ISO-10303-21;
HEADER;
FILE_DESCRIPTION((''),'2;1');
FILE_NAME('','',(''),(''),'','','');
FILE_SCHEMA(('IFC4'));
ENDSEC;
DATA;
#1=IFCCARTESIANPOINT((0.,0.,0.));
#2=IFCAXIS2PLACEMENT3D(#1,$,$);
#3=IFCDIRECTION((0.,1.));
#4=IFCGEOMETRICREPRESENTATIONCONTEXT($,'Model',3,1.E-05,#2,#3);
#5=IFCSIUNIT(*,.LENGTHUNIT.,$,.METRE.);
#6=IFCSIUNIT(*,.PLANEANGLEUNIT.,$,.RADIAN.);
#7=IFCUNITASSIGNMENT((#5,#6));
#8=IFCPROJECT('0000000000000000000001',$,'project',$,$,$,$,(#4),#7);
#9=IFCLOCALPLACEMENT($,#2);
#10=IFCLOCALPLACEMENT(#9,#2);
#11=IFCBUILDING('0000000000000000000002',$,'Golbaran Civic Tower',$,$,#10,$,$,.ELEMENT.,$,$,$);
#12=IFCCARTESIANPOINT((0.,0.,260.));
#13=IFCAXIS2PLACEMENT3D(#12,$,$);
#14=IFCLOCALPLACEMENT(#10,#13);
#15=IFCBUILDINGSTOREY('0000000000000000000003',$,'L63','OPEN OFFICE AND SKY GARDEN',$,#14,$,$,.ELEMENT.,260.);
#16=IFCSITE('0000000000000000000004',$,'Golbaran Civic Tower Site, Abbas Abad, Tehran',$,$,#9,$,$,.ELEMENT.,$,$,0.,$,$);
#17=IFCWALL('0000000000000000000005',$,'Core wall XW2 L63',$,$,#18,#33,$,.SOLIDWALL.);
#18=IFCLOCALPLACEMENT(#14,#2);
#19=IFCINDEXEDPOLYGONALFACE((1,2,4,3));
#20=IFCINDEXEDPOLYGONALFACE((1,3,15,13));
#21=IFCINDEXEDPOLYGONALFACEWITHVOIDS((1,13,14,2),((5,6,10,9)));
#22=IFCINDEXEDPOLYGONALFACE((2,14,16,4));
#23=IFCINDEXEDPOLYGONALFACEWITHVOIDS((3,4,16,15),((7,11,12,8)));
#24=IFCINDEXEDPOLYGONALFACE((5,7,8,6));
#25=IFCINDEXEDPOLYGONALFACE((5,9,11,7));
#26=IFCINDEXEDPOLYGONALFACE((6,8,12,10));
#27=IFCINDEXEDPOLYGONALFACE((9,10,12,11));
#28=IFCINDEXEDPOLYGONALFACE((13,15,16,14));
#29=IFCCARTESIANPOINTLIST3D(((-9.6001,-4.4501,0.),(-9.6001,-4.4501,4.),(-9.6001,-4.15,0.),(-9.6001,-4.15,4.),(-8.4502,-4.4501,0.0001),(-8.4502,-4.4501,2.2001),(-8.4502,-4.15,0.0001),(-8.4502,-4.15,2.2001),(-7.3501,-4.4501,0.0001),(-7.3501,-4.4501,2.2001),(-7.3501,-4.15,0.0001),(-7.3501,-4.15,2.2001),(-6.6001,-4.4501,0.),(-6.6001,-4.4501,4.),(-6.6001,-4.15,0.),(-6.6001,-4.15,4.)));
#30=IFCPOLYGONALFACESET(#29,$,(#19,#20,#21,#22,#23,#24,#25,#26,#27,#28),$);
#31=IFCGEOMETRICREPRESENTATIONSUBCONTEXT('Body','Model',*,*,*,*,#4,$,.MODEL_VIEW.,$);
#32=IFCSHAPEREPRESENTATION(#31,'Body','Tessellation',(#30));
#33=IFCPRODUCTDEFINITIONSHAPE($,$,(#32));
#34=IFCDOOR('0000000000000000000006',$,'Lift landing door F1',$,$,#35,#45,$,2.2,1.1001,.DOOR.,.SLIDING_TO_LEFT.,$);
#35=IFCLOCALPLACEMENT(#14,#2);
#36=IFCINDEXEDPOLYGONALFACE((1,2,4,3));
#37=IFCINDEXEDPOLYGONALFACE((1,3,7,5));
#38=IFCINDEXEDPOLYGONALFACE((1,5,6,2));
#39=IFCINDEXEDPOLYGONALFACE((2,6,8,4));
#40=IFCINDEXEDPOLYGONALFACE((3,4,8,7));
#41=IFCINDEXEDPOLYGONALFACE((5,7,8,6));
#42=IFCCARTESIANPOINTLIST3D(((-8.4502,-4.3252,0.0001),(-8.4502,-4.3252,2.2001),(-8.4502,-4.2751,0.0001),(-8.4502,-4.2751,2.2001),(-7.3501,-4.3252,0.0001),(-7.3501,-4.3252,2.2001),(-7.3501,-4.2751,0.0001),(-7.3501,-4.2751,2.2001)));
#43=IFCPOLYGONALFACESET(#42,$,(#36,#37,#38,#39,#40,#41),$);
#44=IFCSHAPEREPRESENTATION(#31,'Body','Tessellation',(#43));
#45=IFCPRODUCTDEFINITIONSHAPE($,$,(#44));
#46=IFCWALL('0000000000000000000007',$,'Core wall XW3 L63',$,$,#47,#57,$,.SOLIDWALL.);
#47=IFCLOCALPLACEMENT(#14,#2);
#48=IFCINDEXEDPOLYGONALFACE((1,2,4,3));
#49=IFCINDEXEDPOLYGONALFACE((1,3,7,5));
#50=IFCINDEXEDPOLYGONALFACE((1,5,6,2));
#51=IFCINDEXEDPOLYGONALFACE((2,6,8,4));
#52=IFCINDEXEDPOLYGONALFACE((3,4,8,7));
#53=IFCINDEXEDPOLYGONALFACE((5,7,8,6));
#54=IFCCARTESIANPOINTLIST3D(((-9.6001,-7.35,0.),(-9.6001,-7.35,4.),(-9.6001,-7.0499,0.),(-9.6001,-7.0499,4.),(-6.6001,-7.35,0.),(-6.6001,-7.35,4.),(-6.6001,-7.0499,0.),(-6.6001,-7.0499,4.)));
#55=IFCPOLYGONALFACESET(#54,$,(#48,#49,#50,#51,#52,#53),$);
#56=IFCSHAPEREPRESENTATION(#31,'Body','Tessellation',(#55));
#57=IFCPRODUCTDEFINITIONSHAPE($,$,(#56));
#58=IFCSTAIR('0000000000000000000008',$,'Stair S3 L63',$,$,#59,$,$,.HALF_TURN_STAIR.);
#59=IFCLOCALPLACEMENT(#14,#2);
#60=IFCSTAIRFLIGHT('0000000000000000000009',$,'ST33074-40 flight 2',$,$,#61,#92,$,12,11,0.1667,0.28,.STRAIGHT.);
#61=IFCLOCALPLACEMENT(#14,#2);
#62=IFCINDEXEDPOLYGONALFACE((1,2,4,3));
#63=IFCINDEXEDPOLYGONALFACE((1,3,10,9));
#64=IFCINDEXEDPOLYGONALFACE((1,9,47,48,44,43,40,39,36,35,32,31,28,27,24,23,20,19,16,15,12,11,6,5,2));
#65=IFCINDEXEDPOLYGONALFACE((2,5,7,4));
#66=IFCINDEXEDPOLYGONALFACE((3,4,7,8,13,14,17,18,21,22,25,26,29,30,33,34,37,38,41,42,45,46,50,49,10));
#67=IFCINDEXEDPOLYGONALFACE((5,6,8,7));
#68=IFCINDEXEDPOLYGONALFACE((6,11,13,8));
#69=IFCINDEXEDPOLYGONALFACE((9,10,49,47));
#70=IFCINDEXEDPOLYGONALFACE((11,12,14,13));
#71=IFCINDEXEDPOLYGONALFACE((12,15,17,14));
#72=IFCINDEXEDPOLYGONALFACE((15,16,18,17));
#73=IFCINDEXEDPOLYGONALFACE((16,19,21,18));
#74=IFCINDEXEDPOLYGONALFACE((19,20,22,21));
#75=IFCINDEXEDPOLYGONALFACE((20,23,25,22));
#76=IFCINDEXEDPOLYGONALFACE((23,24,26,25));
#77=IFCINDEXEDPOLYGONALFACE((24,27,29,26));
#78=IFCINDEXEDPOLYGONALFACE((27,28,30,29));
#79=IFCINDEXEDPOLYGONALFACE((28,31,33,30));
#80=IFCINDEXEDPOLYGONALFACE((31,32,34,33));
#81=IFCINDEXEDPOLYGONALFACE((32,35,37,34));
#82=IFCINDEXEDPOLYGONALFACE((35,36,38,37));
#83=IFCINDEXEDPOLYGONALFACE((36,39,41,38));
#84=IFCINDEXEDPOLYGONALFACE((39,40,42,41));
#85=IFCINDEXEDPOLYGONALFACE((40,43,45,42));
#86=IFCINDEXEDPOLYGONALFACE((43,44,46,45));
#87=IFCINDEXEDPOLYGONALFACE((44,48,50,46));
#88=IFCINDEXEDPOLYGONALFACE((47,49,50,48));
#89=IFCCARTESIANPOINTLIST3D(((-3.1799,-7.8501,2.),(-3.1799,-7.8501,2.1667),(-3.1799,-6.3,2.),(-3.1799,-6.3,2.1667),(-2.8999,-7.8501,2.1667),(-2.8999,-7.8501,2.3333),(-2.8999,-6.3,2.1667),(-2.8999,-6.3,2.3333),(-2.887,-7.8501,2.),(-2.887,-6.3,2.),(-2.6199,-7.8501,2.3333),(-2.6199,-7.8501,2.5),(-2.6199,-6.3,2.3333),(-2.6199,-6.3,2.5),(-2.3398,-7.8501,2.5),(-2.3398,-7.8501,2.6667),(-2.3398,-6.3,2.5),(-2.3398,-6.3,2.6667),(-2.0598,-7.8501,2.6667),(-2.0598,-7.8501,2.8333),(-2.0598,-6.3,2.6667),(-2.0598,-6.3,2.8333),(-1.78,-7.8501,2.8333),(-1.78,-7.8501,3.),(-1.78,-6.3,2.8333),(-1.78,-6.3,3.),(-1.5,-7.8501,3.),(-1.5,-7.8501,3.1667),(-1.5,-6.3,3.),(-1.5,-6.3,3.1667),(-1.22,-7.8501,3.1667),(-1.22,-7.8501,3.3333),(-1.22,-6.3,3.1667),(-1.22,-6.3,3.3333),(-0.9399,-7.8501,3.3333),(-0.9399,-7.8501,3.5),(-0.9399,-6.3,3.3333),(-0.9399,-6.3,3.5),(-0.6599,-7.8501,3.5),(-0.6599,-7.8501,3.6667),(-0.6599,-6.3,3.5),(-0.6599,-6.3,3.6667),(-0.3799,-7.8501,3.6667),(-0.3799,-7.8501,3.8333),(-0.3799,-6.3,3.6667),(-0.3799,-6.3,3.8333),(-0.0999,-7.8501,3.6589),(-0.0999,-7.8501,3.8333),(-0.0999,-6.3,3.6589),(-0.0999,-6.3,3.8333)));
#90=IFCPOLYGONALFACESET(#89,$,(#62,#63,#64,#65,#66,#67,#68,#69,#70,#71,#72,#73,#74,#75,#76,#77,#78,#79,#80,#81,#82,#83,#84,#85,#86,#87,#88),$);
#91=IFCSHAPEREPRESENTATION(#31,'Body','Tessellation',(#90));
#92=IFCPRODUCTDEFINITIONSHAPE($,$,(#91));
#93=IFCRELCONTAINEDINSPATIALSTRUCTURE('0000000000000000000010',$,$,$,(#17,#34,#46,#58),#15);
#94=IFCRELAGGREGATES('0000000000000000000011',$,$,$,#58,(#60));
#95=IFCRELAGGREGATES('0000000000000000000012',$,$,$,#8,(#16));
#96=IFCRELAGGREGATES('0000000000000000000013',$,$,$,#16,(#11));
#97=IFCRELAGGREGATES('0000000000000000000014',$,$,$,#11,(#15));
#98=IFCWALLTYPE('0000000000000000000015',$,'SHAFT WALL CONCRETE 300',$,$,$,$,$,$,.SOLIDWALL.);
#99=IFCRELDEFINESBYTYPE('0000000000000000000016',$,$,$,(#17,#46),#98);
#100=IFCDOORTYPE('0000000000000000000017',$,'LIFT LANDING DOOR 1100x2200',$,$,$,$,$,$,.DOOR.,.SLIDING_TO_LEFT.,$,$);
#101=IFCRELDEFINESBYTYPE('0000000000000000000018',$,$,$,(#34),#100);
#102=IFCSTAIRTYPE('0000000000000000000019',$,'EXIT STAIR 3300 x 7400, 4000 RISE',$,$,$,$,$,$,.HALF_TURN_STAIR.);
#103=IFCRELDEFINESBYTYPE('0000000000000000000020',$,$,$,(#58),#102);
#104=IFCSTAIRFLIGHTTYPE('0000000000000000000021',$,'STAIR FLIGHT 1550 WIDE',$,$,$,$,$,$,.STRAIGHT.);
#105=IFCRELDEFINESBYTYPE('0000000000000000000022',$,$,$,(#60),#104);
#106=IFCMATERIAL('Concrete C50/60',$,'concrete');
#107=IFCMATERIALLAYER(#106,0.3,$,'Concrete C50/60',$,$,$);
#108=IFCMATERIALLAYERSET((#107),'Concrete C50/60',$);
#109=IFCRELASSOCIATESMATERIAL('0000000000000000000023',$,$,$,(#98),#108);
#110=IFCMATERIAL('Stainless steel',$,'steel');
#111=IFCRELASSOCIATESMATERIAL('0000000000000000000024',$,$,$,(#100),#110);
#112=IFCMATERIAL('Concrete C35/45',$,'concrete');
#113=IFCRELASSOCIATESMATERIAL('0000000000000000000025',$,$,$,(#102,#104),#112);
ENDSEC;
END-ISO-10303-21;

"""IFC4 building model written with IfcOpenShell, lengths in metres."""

from ifc_helpers import new_model, si_unit, direction, frame, frame_2d, origin, place, context, subcontext, project, spatial, polyline, rectangle, outline, extrude, material, layer, layer_set, type_object, element, fill, aggregate, save


model = new_model("IFC4")

# Units and contexts
model_context = context("Model", 3, precision=1e-05, world=origin(), true_north=direction((0.0, 1.0)))
body_context = subcontext(model_context, "Body", "Model", "MODEL_VIEW")
ifc_project = project(units=[si_unit("LENGTHUNIT", "METRE"), si_unit("PLANEANGLEUNIT", "RADIAN")], contexts=[model_context])

# Site, building, storey
site_placement = place(None, origin())
site = spatial("IfcSite", under=ifc_project, at=site_placement, Name="Golbaran Civic Tower Site, Abbas Abad, Tehran", CompositionType="ELEMENT", RefElevation=0.0)
building_placement = place(site_placement, origin())
building = spatial("IfcBuilding", under=site, at=building_placement, Name="Golbaran Civic Tower", CompositionType="ELEMENT")
storey_placement = place(building_placement, frame((0.0, 0.0, 260.0)))
storey = spatial("IfcBuildingStorey", under=building, at=storey_placement, Name="L63", Description="OPEN OFFICE AND SKY GARDEN", CompositionType="ELEMENT", Elevation=260.0)

# Shared definitions
ifc_material_1 = material(Name="Concrete C35/45", Category="concrete")

# Shared definitions
ifc_material_2 = material(Name="Concrete C50/60", Category="concrete")

# Shared definitions
ifc_layer_1 = layer(ifc_material_2, 0.3, Name="Concrete C50/60")
ifc_layer_set_1 = layer_set([ifc_layer_1], Name="Concrete C50/60")
wall_type_1 = type_object("IfcWallType", Name="SHAFT WALL CONCRETE 300", PredefinedType="SOLIDWALL", material=ifc_layer_set_1)

# Wall, opening, door
wall_1_placement = place(storey_placement, frame((-9.6001, -4.3, 0.0), z_axis=(0.0, 0.0, 1.0), x_axis=(1.0, 0.0, 0.0)))
wall_1 = element("IfcWall", 1, at=wall_1_placement, inside=storey, type_object=wall_type_1, Name="Core wall XW2 L63", PredefinedType="SOLIDWALL", context=body_context, shape_type="SweptSolid", body=[
    extrude(rectangle(XDim=3.0, YDim=0.3, at=frame_2d((1.5, 0.0))), origin(), (0.0, 0.0, 1.0), 4.0),
])
opening_1_placement = place(wall_1_placement, frame((1.1499, 0.0, 0.0)))
opening_1 = element("IfcOpeningElement", 2, at=opening_1_placement, cuts=wall_1, PredefinedType="OPENING", context=body_context, shape_type="SweptSolid", body=[
    extrude(rectangle(XDim=1.1001, YDim=2.2, at=frame_2d((0.55, 1.1001))), frame((0.0, 0.1599, 0.0), z_axis=(0.0, -1.0, 0.0), x_axis=(1.0, 0.0, 0.0)), (0.0, 0.0, 1.0), 0.3201),
])
ifc_material_3 = material(Name="Stainless steel", Category="steel")
door_type_1 = type_object("IfcDoorType", Name="LIFT LANDING DOOR 1100x2200", OperationType="SLIDING_TO_LEFT", PredefinedType="DOOR", material=ifc_material_3)
door_1_placement = place(opening_1_placement, origin())
door_1 = element("IfcDoor", 3, at=door_1_placement, inside=storey, type_object=door_type_1, Name="Lift landing door F1", OperationType="SLIDING_TO_LEFT", OverallHeight=2.2, OverallWidth=1.1001, PredefinedType="DOOR", context=body_context, shape_type="SweptSolid", body=[
    extrude(rectangle(XDim=1.1001, YDim=2.2, at=frame_2d((0.55, 1.1001))), frame((0.0, 0.0249, 0.0), z_axis=(0.0, -1.0, 0.0), x_axis=(1.0, 0.0, 0.0)), (0.0, 0.0, 1.0), 0.05),
])
fill(opening_1, door_1)

# Wall
wall_2_placement = place(storey_placement, frame((-9.6001, -7.2, 0.0), z_axis=(0.0, 0.0, 1.0), x_axis=(1.0, 0.0, 0.0)))
element("IfcWall", 4, at=wall_2_placement, inside=storey, type_object=wall_type_1, Name="Core wall XW3 L63", PredefinedType="SOLIDWALL", context=body_context, shape_type="SweptSolid", body=[
    extrude(rectangle(XDim=3.0, YDim=0.3, at=frame_2d((1.5, 0.0))), origin(), (0.0, 0.0, 1.0), 4.0),
])

# Stair, stair flight
stair_type_1 = type_object("IfcStairType", Name="EXIT STAIR 3300 x 7400, 4000 RISE", PredefinedType="HALF_TURN_STAIR", material=ifc_material_1)
stair_1_placement = place(storey_placement, origin())
stair_1 = element("IfcStair", 5, at=stair_1_placement, inside=storey, type_object=stair_type_1, Name="Stair S3 L63", PredefinedType="HALF_TURN_STAIR")
stair_flight_type = type_object("IfcStairFlightType", Name="STAIR FLIGHT 1550 WIDE", PredefinedType="STRAIGHT", material=ifc_material_1)
stair_flight_placement = place(storey_placement, frame((-3.1799, -7.075, 2.0), z_axis=(0.0, 0.0, 1.0), x_axis=(1.0, 0.0, 0.0)))
stair_flight = element("IfcStairFlight", 6, at=stair_flight_placement, type_object=stair_flight_type, Name="ST33074-40 flight 2", NumberOfRisers=12, NumberOfTreads=11, PredefinedType="STRAIGHT", RiserHeight=0.1667, TreadLength=0.28, context=body_context, shape_type="SweptSolid", body=[
    extrude(outline(polyline([(0.0, 0.0), (0.0, 0.1667), (0.28, 0.1667), (0.28, 0.3333), (0.5601, 0.3333), (0.5601, 0.5), (0.8401, 0.5), (0.8401, 0.6667), (1.1201, 0.6667), (1.1201, 0.8333), (1.3999, 0.8333), (1.3999, 1.0), (1.6799, 1.0), (1.6799, 1.1667), (1.96, 1.1667), (1.96, 1.3333), (2.24, 1.3333), (2.24, 1.5), (2.52, 1.5), (2.52, 1.6667), (2.8, 1.6667), (2.8, 1.8333), (3.0801, 1.8333), (3.0801, 2.0), (3.0801, 1.6589), (0.293, 0.0), (0.0, 0.0)])), frame((0.0, 0.7749, 0.0), z_axis=(0.0, -1.0, 0.0), x_axis=(1.0, 0.0, 0.0)), (0.0, 0.0, 1.0), 1.55),
])
aggregate(stair_1, [stair_flight])

save(model, "model.ifc")
